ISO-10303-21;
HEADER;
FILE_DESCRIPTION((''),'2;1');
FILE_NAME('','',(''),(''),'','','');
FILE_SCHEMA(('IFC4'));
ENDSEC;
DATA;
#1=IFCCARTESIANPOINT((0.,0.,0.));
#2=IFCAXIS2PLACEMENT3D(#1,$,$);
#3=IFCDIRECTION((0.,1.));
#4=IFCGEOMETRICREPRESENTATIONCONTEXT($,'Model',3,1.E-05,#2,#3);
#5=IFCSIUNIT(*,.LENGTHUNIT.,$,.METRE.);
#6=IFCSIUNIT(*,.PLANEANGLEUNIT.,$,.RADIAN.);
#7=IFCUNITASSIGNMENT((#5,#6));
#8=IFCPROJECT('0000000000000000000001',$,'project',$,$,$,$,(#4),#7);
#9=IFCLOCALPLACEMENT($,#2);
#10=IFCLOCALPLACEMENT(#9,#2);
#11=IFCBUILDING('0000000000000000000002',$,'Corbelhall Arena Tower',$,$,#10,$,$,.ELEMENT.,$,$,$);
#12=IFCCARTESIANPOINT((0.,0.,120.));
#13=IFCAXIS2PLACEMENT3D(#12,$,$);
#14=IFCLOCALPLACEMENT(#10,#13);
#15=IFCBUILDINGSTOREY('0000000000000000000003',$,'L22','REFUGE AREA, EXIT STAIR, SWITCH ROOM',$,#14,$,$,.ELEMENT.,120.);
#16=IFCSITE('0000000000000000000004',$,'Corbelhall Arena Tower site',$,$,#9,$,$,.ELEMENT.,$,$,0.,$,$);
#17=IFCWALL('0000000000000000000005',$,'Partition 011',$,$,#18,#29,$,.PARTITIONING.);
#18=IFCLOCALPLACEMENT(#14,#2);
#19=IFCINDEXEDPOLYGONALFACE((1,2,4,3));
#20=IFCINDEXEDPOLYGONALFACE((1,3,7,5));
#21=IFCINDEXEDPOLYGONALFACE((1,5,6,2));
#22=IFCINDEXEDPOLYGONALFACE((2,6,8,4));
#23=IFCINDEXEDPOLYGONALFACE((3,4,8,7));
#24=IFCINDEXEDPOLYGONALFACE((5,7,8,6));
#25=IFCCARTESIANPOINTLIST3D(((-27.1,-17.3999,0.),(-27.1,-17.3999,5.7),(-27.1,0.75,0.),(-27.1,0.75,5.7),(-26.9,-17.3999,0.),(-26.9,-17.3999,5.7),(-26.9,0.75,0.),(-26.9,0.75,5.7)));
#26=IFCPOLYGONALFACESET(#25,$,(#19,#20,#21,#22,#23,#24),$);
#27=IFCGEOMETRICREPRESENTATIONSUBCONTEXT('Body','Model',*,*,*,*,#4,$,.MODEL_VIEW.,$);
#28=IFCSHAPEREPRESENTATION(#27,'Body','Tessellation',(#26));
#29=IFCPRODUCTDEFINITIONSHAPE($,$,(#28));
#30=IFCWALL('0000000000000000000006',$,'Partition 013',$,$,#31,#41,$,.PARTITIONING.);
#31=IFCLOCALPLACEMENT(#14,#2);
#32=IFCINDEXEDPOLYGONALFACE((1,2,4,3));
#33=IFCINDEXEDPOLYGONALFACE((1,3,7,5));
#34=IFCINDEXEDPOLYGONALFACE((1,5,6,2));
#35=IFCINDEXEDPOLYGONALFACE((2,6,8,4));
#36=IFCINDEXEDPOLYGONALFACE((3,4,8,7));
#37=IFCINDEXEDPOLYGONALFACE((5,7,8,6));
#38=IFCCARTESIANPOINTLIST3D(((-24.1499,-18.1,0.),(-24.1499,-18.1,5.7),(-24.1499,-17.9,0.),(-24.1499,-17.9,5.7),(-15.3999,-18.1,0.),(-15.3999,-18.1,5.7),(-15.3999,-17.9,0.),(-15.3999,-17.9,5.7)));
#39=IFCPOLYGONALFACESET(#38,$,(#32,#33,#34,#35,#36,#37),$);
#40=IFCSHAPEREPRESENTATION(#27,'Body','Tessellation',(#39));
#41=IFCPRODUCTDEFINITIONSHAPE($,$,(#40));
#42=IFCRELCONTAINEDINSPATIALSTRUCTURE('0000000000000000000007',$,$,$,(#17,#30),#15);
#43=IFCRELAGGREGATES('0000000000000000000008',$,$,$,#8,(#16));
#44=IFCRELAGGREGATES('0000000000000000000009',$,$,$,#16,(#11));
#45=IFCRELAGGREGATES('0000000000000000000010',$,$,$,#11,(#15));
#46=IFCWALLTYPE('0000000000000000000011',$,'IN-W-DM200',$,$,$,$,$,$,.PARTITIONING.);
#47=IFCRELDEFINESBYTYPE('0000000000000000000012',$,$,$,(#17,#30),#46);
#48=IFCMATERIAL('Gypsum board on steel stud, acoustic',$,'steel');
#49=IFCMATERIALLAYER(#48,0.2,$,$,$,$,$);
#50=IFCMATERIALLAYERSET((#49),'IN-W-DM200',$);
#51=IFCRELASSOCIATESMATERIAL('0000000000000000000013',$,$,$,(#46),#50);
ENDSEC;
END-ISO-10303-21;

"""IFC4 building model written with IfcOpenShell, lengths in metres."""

from ifc_helpers import new_model, si_unit, direction, frame, frame_2d, origin, place, context, subcontext, project, spatial, rectangle, extrude, material, layer, layer_set, type_object, element, save


model = new_model("IFC4")

# Units and contexts
model_context = context("Model", 3, precision=1e-05, world=origin(), true_north=direction((0.0, 1.0)))
body_context = subcontext(model_context, "Body", "Model", "MODEL_VIEW")
ifc_project = project(units=[si_unit("LENGTHUNIT", "METRE"), si_unit("PLANEANGLEUNIT", "RADIAN")], contexts=[model_context])

# Site, building, storey
site_placement = place(None, origin())
site = spatial("IfcSite", under=ifc_project, at=site_placement, Name="Corbelhall Arena Tower site", CompositionType="ELEMENT", RefElevation=0.0)
building_placement = place(site_placement, origin())
building = spatial("IfcBuilding", under=site, at=building_placement, Name="Corbelhall Arena Tower", CompositionType="ELEMENT")
storey_placement = place(building_placement, frame((0.0, 0.0, 120.0)))
storey = spatial("IfcBuildingStorey", under=building, at=storey_placement, Name="L22", Description="REFUGE AREA, EXIT STAIR, SWITCH ROOM", CompositionType="ELEMENT", Elevation=120.0)

# Walls
ifc_material_1 = material(Name="Gypsum board on steel stud, acoustic", Category="steel")
ifc_layer_1 = layer(ifc_material_1, 0.2)
ifc_layer_set_1 = layer_set([ifc_layer_1], Name="IN-W-DM200")
wall_type_1 = type_object("IfcWallType", Name="IN-W-DM200", PredefinedType="PARTITIONING", material=ifc_layer_set_1)
wall_1_placement = place(storey_placement, frame((-27.0, -17.3999, 0.0), z_axis=(0.0, 0.0, 1.0), x_axis=(0.0, 1.0, 0.0)))
element("IfcWall", 1, at=wall_1_placement, inside=storey, type_object=wall_type_1, Name="Partition 011", PredefinedType="PARTITIONING", context=body_context, shape_type="SweptSolid", body=[
    extrude(rectangle(XDim=18.1499, YDim=0.2, at=frame_2d((9.075, 0.0))), origin(), (0.0, 0.0, 1.0), 5.7),
])
wall_2_placement = place(storey_placement, frame((-24.1499, -18.0, 0.0), z_axis=(0.0, 0.0, 1.0), x_axis=(1.0, 0.0, 0.0)))
element("IfcWall", 2, at=wall_2_placement, inside=storey, type_object=wall_type_1, Name="Partition 013", PredefinedType="PARTITIONING", context=body_context, shape_type="SweptSolid", body=[
    extrude(rectangle(XDim=8.75, YDim=0.2, at=frame_2d((4.375, 0.0))), origin(), (0.0, 0.0, 1.0), 5.7),
])

save(model, "model.ifc")
